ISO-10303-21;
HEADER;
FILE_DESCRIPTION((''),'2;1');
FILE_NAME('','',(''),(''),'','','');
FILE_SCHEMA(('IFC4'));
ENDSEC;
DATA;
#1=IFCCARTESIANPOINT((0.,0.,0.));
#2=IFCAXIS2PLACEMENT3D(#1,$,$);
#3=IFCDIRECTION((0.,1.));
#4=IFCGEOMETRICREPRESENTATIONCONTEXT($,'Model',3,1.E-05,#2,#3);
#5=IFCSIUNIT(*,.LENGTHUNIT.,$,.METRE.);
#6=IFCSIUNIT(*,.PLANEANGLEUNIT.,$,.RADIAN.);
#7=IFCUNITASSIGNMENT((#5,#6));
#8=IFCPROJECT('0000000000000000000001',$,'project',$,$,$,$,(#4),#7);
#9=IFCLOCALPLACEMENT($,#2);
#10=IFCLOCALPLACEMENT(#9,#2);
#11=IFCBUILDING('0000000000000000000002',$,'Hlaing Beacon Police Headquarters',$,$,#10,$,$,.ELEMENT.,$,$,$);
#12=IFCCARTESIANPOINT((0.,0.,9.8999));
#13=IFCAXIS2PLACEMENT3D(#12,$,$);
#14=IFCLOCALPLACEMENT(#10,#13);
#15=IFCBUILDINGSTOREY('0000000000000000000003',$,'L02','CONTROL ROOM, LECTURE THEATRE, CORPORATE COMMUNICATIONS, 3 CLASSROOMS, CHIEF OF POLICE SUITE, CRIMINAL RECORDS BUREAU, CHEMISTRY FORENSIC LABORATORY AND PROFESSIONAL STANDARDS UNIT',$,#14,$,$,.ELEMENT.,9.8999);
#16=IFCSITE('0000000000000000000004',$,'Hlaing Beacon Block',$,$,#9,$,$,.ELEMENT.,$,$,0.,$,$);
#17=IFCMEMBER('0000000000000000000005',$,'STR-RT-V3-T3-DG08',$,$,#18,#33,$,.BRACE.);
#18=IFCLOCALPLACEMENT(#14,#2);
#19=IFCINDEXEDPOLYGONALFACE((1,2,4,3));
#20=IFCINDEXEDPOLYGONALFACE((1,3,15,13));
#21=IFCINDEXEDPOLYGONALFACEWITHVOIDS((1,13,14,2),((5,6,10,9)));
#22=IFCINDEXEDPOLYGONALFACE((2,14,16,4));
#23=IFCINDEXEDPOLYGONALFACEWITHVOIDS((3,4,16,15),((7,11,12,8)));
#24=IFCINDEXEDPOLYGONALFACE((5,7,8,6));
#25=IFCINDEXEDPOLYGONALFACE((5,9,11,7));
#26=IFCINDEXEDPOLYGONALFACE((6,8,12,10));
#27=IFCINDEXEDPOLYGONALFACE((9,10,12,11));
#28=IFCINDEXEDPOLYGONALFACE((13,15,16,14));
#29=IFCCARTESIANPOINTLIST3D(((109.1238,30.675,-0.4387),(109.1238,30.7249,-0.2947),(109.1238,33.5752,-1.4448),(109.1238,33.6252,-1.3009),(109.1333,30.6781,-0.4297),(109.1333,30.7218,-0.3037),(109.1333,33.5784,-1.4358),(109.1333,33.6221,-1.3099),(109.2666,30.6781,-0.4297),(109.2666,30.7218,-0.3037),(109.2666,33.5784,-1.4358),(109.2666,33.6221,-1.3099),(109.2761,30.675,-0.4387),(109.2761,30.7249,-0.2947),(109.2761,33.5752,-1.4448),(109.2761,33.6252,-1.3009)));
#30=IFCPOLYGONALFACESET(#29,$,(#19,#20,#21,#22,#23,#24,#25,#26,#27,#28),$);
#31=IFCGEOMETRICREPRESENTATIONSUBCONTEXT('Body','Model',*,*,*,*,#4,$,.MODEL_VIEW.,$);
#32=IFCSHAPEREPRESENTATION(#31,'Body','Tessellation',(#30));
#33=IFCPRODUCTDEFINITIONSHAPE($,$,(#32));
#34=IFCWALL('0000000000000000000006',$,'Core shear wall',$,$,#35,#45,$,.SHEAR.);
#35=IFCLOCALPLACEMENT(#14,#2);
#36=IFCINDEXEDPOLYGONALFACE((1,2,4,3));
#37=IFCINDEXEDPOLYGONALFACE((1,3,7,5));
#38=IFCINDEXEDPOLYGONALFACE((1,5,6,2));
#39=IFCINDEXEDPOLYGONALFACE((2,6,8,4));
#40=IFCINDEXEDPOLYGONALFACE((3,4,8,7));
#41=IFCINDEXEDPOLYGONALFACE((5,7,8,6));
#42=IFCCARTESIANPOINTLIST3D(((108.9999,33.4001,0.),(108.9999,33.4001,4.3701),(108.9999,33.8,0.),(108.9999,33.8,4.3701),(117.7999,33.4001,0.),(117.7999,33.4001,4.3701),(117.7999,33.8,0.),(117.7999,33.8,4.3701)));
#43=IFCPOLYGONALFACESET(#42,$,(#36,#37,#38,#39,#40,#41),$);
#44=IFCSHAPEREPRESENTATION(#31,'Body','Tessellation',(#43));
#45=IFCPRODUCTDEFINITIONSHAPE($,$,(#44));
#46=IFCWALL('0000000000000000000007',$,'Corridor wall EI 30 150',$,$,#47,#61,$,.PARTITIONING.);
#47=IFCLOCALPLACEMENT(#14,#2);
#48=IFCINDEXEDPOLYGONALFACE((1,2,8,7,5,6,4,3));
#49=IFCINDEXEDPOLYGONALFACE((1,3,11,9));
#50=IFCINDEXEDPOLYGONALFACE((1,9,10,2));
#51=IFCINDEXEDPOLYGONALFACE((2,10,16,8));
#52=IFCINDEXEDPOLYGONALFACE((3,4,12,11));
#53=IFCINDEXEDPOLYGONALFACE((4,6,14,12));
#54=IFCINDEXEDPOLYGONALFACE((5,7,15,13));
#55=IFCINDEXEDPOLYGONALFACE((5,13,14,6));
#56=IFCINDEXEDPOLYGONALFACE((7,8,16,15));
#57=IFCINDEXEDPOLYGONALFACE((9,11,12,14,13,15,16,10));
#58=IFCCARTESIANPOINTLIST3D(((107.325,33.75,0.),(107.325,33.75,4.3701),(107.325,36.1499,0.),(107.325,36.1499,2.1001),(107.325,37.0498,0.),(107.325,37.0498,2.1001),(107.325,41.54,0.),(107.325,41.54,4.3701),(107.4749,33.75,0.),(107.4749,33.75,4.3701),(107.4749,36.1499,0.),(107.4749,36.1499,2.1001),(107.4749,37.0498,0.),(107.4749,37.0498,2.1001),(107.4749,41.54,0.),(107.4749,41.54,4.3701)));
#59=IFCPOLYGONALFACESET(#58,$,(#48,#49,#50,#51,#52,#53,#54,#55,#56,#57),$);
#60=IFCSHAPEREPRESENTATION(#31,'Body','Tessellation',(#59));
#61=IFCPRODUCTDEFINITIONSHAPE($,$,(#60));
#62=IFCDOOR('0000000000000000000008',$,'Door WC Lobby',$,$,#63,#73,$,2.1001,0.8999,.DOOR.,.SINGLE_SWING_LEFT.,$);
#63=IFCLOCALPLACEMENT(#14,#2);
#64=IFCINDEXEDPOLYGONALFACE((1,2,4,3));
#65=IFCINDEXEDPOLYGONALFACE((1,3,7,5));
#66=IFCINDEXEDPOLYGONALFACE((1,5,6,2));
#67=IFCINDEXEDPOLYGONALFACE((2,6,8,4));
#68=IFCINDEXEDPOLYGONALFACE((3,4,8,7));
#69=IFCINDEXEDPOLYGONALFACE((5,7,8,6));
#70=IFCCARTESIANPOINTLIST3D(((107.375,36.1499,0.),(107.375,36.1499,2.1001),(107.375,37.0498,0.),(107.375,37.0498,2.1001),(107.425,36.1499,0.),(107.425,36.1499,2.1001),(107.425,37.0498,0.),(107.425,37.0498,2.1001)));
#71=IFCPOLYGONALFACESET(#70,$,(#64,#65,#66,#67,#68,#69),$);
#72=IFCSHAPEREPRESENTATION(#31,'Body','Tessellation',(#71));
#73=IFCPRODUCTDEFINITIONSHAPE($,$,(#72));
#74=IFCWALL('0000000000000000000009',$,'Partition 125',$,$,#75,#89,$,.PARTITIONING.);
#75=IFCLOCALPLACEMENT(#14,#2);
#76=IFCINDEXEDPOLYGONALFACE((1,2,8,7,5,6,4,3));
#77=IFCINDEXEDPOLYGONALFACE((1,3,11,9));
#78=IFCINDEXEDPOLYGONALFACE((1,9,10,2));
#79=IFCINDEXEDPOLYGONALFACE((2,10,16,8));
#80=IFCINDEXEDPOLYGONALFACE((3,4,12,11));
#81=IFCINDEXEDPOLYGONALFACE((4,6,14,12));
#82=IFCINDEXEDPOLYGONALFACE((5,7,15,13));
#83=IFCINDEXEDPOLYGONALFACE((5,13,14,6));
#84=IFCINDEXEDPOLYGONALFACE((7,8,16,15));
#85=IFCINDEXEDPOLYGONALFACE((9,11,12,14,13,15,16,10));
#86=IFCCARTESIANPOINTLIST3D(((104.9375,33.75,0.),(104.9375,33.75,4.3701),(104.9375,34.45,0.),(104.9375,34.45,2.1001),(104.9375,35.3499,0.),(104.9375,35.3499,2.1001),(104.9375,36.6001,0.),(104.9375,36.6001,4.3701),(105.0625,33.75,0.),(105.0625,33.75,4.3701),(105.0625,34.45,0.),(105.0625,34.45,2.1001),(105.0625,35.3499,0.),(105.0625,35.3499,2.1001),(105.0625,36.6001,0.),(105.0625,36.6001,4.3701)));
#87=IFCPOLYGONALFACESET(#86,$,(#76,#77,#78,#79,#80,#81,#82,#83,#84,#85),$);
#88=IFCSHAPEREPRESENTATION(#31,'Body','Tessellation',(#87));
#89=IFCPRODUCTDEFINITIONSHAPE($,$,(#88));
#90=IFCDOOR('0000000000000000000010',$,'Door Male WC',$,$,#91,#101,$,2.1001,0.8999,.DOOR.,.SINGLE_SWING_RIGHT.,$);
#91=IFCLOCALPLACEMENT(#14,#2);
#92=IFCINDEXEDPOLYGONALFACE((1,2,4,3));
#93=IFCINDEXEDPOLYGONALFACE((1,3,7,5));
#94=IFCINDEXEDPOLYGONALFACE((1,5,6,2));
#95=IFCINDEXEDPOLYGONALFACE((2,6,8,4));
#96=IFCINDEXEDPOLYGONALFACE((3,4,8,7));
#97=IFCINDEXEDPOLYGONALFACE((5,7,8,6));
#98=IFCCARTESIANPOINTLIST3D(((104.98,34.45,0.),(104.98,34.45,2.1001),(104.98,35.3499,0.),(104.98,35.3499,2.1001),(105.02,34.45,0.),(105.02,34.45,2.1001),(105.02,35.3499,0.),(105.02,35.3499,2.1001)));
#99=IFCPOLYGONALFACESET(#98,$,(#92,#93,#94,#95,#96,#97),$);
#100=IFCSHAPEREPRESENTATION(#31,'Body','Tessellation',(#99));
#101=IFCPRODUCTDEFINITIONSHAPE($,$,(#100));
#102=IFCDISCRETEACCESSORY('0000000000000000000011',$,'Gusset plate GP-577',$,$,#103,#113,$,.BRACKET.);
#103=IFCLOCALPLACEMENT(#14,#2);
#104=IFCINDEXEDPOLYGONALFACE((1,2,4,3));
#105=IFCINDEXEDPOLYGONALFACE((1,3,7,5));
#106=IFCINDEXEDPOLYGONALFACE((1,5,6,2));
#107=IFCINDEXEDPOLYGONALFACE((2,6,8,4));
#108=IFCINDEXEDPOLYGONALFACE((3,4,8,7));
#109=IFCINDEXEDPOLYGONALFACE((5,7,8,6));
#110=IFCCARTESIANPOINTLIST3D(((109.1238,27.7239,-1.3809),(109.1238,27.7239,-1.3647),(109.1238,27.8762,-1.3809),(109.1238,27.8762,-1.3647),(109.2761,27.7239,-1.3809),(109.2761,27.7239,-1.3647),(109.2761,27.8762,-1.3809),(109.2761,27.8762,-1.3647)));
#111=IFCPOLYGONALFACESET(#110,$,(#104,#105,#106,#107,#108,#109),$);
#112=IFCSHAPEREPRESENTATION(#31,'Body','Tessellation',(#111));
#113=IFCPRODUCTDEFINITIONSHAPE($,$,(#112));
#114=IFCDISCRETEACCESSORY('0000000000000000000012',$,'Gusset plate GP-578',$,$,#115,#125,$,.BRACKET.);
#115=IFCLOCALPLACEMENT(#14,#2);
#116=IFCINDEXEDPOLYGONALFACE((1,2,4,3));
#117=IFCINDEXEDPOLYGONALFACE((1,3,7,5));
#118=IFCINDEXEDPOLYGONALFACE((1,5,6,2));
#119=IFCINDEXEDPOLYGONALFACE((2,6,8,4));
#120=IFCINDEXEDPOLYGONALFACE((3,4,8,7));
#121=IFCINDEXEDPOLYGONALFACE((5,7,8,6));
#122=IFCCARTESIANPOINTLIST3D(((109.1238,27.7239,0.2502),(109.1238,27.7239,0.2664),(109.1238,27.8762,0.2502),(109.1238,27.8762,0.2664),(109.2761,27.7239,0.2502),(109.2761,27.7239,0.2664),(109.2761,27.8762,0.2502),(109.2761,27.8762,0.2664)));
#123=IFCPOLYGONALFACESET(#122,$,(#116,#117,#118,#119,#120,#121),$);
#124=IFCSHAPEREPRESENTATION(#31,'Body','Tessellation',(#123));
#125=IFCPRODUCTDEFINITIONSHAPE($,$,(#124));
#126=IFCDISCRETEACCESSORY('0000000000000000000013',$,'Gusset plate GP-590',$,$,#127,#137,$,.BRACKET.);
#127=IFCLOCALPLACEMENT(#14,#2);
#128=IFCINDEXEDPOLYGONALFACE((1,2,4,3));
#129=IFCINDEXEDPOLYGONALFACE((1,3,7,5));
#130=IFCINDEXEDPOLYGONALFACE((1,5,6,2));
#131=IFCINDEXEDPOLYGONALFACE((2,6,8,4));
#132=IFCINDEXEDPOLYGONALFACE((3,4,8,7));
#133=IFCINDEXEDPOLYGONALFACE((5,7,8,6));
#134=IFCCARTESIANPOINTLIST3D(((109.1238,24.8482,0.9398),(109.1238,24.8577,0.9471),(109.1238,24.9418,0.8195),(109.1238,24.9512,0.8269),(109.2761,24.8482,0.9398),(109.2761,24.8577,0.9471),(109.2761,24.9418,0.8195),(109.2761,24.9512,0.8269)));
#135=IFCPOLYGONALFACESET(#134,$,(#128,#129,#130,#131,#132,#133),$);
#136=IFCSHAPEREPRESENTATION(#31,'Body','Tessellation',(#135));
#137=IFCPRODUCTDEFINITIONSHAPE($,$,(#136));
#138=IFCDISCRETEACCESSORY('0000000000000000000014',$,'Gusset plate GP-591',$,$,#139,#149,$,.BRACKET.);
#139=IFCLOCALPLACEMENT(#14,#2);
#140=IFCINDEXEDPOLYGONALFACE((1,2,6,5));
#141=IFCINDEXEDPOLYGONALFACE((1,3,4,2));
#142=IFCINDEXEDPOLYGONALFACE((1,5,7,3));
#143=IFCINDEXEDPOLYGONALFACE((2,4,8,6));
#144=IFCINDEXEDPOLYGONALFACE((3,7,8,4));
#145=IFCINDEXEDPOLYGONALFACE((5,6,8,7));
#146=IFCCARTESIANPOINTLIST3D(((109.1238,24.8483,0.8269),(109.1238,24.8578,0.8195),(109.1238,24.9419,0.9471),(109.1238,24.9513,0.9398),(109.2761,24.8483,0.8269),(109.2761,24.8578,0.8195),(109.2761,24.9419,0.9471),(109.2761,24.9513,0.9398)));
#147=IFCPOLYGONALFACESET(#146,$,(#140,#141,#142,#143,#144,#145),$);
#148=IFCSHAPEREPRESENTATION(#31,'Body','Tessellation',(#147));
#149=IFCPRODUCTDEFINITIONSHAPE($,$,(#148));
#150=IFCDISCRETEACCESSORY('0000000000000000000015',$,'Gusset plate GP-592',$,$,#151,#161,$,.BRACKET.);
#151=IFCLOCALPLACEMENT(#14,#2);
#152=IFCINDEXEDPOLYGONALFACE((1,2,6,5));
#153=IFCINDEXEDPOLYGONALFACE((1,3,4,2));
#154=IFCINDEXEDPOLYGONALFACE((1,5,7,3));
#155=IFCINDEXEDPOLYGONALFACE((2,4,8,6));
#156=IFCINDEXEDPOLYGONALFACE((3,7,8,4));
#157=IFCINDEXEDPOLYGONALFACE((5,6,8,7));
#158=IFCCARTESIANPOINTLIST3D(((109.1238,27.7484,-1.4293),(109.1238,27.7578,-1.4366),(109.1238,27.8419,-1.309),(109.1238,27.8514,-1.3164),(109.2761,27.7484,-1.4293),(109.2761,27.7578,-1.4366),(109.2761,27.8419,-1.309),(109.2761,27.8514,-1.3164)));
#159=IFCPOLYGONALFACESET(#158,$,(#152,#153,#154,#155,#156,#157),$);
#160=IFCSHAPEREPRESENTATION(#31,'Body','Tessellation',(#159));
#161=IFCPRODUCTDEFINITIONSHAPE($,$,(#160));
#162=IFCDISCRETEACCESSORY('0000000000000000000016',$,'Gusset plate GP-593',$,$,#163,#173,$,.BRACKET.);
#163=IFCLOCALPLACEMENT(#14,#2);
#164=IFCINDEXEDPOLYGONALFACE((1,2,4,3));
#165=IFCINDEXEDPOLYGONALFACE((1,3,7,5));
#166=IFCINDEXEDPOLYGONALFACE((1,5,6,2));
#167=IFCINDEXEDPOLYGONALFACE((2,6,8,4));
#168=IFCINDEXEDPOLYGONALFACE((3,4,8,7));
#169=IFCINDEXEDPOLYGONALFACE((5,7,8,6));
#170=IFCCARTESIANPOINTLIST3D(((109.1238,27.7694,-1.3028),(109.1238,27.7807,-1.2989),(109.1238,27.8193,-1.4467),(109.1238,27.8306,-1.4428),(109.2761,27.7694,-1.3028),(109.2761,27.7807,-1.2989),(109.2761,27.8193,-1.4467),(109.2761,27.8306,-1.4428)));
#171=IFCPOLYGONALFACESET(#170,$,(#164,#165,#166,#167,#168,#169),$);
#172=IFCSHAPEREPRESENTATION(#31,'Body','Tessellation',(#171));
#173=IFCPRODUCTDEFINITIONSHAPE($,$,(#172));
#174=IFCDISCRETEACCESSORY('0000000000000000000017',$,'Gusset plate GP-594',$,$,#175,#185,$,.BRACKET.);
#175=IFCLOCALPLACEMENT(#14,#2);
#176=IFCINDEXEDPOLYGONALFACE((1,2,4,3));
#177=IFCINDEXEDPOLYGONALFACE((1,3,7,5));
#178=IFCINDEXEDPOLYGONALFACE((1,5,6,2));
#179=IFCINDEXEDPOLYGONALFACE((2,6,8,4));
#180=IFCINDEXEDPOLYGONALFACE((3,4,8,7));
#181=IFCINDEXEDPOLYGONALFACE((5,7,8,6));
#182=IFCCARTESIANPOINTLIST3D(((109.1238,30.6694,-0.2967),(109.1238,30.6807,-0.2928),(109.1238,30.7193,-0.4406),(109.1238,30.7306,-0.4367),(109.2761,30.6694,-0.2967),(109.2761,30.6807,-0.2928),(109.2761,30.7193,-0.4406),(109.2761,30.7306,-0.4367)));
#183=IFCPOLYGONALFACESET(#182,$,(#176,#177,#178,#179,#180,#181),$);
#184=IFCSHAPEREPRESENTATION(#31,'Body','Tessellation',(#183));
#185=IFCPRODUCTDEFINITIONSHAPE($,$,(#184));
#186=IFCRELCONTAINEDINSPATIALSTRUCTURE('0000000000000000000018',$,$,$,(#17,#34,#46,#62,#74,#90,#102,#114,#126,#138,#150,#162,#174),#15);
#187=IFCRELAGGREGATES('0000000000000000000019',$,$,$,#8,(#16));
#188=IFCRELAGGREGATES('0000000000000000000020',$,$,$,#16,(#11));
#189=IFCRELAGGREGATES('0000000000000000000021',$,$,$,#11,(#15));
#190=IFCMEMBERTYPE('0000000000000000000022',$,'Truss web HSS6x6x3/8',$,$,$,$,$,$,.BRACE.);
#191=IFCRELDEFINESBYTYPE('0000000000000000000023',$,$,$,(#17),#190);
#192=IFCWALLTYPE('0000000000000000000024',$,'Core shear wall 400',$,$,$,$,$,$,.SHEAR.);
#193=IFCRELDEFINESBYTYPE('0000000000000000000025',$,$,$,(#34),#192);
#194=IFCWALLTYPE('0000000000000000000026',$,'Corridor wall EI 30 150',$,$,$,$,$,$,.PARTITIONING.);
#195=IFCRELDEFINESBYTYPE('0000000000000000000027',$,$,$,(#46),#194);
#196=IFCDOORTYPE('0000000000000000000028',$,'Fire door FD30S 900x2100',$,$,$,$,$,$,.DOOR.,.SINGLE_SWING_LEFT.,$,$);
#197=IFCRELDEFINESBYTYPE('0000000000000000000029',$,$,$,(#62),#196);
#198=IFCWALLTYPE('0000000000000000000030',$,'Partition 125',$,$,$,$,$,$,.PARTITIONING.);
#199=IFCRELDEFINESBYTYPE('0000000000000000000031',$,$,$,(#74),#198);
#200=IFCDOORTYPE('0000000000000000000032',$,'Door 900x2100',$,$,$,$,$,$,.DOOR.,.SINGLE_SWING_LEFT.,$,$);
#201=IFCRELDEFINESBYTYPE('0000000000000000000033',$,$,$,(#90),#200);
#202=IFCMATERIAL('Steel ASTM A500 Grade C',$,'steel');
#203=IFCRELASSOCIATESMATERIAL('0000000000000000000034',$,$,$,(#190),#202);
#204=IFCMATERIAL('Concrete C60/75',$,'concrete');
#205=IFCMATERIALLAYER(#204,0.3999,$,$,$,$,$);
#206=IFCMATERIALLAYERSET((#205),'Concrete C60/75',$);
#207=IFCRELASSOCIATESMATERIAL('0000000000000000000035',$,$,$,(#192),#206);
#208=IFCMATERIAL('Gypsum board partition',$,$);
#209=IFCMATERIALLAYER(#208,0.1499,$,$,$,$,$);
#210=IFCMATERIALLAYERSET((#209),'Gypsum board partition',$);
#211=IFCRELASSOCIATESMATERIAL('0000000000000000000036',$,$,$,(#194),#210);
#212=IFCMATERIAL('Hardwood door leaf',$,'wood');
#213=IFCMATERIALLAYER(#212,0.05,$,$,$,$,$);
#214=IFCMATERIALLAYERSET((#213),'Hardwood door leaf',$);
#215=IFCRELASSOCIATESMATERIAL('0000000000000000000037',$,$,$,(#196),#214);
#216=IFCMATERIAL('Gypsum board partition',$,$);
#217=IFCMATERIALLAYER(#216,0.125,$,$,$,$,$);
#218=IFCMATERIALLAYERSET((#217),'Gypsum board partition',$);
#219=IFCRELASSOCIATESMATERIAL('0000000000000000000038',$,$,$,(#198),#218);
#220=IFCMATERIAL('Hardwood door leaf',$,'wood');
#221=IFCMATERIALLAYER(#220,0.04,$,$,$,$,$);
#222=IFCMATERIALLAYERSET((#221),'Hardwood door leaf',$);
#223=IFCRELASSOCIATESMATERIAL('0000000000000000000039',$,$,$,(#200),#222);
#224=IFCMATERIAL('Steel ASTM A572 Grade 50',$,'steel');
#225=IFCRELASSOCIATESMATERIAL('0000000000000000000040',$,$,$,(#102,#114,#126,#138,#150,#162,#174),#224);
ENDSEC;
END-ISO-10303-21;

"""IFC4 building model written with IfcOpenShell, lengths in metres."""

from ifc_helpers import new_model, si_unit, direction, frame, frame_2d, origin, origin_2d, place, context, subcontext, project, spatial, rectangle, hollow_rectangle, extrude, material, layer, layer_set, material_profile, profile_set, type_object, element, fill, save


model = new_model("IFC4")

# Units and contexts
model_context = context("Model", 3, precision=1e-05, world=origin(), true_north=direction((0.0, 1.0)))
body_context = subcontext(model_context, "Body", "Model", "MODEL_VIEW")
ifc_project = project(units=[si_unit("LENGTHUNIT", "METRE"), si_unit("PLANEANGLEUNIT", "RADIAN")], contexts=[model_context])

# Site, building, storey
site_placement = place(None, origin())
site = spatial("IfcSite", under=ifc_project, at=site_placement, Name="Hlaing Beacon Block", CompositionType="ELEMENT", RefElevation=0.0)
building_placement = place(site_placement, origin())
building = spatial("IfcBuilding", under=site, at=building_placement, Name="Hlaing Beacon Police Headquarters", CompositionType="ELEMENT")
storey_placement = place(building_placement, frame((0.0, 0.0, 9.8999)))
storey = spatial("IfcBuildingStorey", under=building, at=storey_placement, Name="L02", Description="CONTROL ROOM, LECTURE THEATRE, CORPORATE COMMUNICATIONS, 3 CLASSROOMS, CHIEF OF POLICE SUITE, CRIMINAL RECORDS BUREAU, CHEMISTRY FORENSIC LABORATORY AND PROFESSIONAL STANDARDS UNIT", CompositionType="ELEMENT", Elevation=9.8999)

# Member
ifc_material_1 = material(Name="Steel ASTM A500 Grade C", Category="steel")
ifc_material_profile_1 = material_profile(ifc_material_1, hollow_rectangle(XDim=0.1523, YDim=0.1523, WallThickness=0.0095, at=origin_2d()), Name="HSS6x6x3/8")
ifc_profile_set_1 = profile_set([ifc_material_profile_1], Name="Steel ASTM A500 Grade C")
member_type_1 = type_object("IfcMemberType", Name="Truss web HSS6x6x3/8", PredefinedType="BRACE", material=ifc_profile_set_1)
member_1_placement = place(storey_placement, frame((109.2, 30.7, -0.3667), z_axis=(0.0, 0.944764, -0.327752), x_axis=(-1.0, 0.0, 0.0)))
element("IfcMember", 1, at=member_1_placement, inside=storey, type_object=member_type_1, Name="STR-RT-V3-T3-DG08", PredefinedType="BRACE", context=body_context, shape_type="SweptSolid", body=[
    extrude(hollow_rectangle(XDim=0.1523, YDim=0.1523, WallThickness=0.0095, at=origin_2d()), origin(), (0.0, 0.0, 1.0), 3.0698),
])

# Wall
ifc_material_2 = material(Name="Concrete C60/75", Category="concrete")
ifc_layer_1 = layer(ifc_material_2, 0.3999)
ifc_layer_set_1 = layer_set([ifc_layer_1], Name="Concrete C60/75")
wall_type_1 = type_object("IfcWallType", Name="Core shear wall 400", PredefinedType="SHEAR", material=ifc_layer_set_1)
wall_1_placement = place(storey_placement, frame((109.0, 33.6001, 0.0), z_axis=(0.0, 0.0, 1.0), x_axis=(1.0, 0.0, 0.0)))
element("IfcWall", 2, at=wall_1_placement, inside=storey, type_object=wall_type_1, Name="Core shear wall", PredefinedType="SHEAR", context=body_context, shape_type="SweptSolid", body=[
    extrude(rectangle(XDim=8.8, YDim=0.3999, at=frame_2d((4.3999, 0.0))), origin(), (0.0, 0.0, 1.0), 4.3701),
])

# Walls, openings, doors
ifc_material_3 = material(Name="Gypsum board partition")
ifc_layer_2 = layer(ifc_material_3, 0.1499)
ifc_layer_set_2 = layer_set([ifc_layer_2], Name="Gypsum board partition")
wall_type_2 = type_object("IfcWallType", Name="Corridor wall EI 30 150", PredefinedType="PARTITIONING", material=ifc_layer_set_2)
wall_2_placement = place(storey_placement, frame((107.3999, 33.75, 0.0), z_axis=(0.0, 0.0, 1.0), x_axis=(0.0, 1.0, 0.0)))
wall_2 = element("IfcWall", 3, at=wall_2_placement, inside=storey, type_object=wall_type_2, Name="Corridor wall EI 30 150", PredefinedType="PARTITIONING", context=body_context, shape_type="SweptSolid", body=[
    extrude(rectangle(XDim=7.79, YDim=0.1499, at=frame_2d((3.895, 0.0))), origin(), (0.0, 0.0, 1.0), 4.3701),
])
opening_1_placement = place(wall_2_placement, frame((2.3999, 0.0, 0.0)))
opening_1 = element("IfcOpeningElement", 4, at=opening_1_placement, cuts=wall_2, PredefinedType="OPENING", context=body_context, shape_type="SweptSolid", body=[
    extrude(rectangle(XDim=0.8999, YDim=2.1001, at=frame_2d((0.45, 1.05))), frame((0.0, 0.085, 0.0), z_axis=(0.0, -1.0, 0.0), x_axis=(1.0, 0.0, 0.0)), (0.0, 0.0, 1.0), 0.1699),
])
ifc_material_4 = material(Name="Hardwood door leaf", Category="wood")
ifc_layer_3 = layer(ifc_material_4, 0.05)
ifc_layer_set_3 = layer_set([ifc_layer_3], Name="Hardwood door leaf")
door_type_1 = type_object("IfcDoorType", Name="Fire door FD30S 900x2100", OperationType="SINGLE_SWING_LEFT", PredefinedType="DOOR", material=ifc_layer_set_3)
door_1_placement = place(opening_1_placement, origin())
door_1 = element("IfcDoor", 5, at=door_1_placement, inside=storey, type_object=door_type_1, Name="Door WC Lobby", OperationType="SINGLE_SWING_LEFT", OverallHeight=2.1001, OverallWidth=0.8999, PredefinedType="DOOR", context=body_context, shape_type="SweptSolid", body=[
    extrude(rectangle(XDim=0.8999, YDim=2.1001, at=frame_2d((0.45, 1.05))), frame((0.0, 0.0249, 0.0), z_axis=(0.0, -1.0, 0.0), x_axis=(1.0, 0.0, 0.0)), (0.0, 0.0, 1.0), 0.05),
])
fill(opening_1, door_1)
ifc_material_5 = material(Name="Gypsum board partition")
ifc_layer_4 = layer(ifc_material_5, 0.125)
ifc_layer_set_4 = layer_set([ifc_layer_4], Name="Gypsum board partition")
wall_type_3 = type_object("IfcWallType", Name="Partition 125", PredefinedType="PARTITIONING", material=ifc_layer_set_4)
wall_3_placement = place(storey_placement, frame((105.0, 33.75, 0.0), z_axis=(0.0, 0.0, 1.0), x_axis=(0.0, 1.0, 0.0)))
wall_3 = element("IfcWall", 6, at=wall_3_placement, inside=storey, type_object=wall_type_3, Name="Partition 125", PredefinedType="PARTITIONING", context=body_context, shape_type="SweptSolid", body=[
    extrude(rectangle(XDim=2.8501, YDim=0.125, at=frame_2d((1.425, 0.0))), origin(), (0.0, 0.0, 1.0), 4.3701),
])
opening_2_placement = place(wall_3_placement, frame((0.7, 0.0, 0.0)))
opening_2 = element("IfcOpeningElement", 7, at=opening_2_placement, cuts=wall_3, PredefinedType="OPENING", context=body_context, shape_type="SweptSolid", body=[
    extrude(rectangle(XDim=0.8999, YDim=2.1001, at=frame_2d((0.45, 1.05))), frame((0.0, 0.0725, 0.0), z_axis=(0.0, -1.0, 0.0), x_axis=(1.0, 0.0, 0.0)), (0.0, 0.0, 1.0), 0.145),
])
ifc_material_6 = material(Name="Hardwood door leaf", Category="wood")
ifc_layer_5 = layer(ifc_material_6, 0.04)
ifc_layer_set_5 = layer_set([ifc_layer_5], Name="Hardwood door leaf")
door_type_2 = type_object("IfcDoorType", Name="Door 900x2100", OperationType="SINGLE_SWING_LEFT", PredefinedType="DOOR", material=ifc_layer_set_5)
door_2_placement = place(opening_2_placement, origin())
door_2 = element("IfcDoor", 8, at=door_2_placement, inside=storey, type_object=door_type_2, Name="Door Male WC", OperationType="SINGLE_SWING_RIGHT", OverallHeight=2.1001, OverallWidth=0.8999, PredefinedType="DOOR", context=body_context, shape_type="SweptSolid", body=[
    extrude(rectangle(XDim=0.8999, YDim=2.1001, at=frame_2d((0.45, 1.05))), frame((0.0, 0.02, 0.0), z_axis=(0.0, -1.0, 0.0), x_axis=(1.0, 0.0, 0.0)), (0.0, 0.0, 1.0), 0.04),
])
fill(opening_2, door_2)

# Discrete accessories
ifc_material_7 = material(Name="Steel ASTM A572 Grade 50", Category="steel")
for number, where, z_axis, x_axis, name in (
    (9, (109.2, 27.8, -1.3647), (0.0, 0.0, -1.0), (1.0, 0.0, 0.0), "Gusset plate GP-577"),
    (10, (109.2, 27.8, 0.2502), (0.0, 0.0, 1.0), (1.0, 0.0, 0.0), "Gusset plate GP-578"),
):
    element("IfcDiscreteAccessory", number, at=place(storey_placement, frame(where, z_axis=z_axis, x_axis=x_axis)), inside=storey, material=ifc_material_7, Name=name, PredefinedType="BRACKET", context=body_context, shape_type="SweptSolid", body=[
        extrude(rectangle(XDim=0.1523, YDim=0.1523, at=origin_2d()), origin(), (0.0, 0.0, 1.0), 0.0161),
    ])
for number, where, z_axis, x_axis, name in (
    (11, (109.2, 24.895, 0.8796), (0.0, 0.78927, 0.614046), (-1.0, 0.0, 0.0), "Gusset plate GP-590"),
    (12, (109.2, 24.9045, 0.8796), (0.0, -0.789295, 0.614014), (1.0, 0.0, 0.0), "Gusset plate GP-591"),
    (13, (109.2, 27.7952, -1.3691), (0.0, 0.789295, -0.614014), (-1.0, 0.0, 0.0), "Gusset plate GP-592"),
    (14, (109.2, 27.8057, -1.3708), (0.0, -0.944755, -0.327777), (1.0, 0.0, 0.0), "Gusset plate GP-593"),
    (15, (109.2, 30.6943, -0.3687), (0.0, 0.944755, 0.327777), (-1.0, 0.0, 0.0), "Gusset plate GP-594"),
):
    element("IfcDiscreteAccessory", number, at=place(storey_placement, frame(where, z_axis=z_axis, x_axis=x_axis)), inside=storey, material=ifc_material_7, Name=name, PredefinedType="BRACKET", context=body_context, shape_type="SweptSolid", body=[
        extrude(rectangle(XDim=0.1523, YDim=0.1523, at=origin_2d()), origin(), (0.0, 0.0, 1.0), 0.012),
    ])

save(model, "model.ifc")
